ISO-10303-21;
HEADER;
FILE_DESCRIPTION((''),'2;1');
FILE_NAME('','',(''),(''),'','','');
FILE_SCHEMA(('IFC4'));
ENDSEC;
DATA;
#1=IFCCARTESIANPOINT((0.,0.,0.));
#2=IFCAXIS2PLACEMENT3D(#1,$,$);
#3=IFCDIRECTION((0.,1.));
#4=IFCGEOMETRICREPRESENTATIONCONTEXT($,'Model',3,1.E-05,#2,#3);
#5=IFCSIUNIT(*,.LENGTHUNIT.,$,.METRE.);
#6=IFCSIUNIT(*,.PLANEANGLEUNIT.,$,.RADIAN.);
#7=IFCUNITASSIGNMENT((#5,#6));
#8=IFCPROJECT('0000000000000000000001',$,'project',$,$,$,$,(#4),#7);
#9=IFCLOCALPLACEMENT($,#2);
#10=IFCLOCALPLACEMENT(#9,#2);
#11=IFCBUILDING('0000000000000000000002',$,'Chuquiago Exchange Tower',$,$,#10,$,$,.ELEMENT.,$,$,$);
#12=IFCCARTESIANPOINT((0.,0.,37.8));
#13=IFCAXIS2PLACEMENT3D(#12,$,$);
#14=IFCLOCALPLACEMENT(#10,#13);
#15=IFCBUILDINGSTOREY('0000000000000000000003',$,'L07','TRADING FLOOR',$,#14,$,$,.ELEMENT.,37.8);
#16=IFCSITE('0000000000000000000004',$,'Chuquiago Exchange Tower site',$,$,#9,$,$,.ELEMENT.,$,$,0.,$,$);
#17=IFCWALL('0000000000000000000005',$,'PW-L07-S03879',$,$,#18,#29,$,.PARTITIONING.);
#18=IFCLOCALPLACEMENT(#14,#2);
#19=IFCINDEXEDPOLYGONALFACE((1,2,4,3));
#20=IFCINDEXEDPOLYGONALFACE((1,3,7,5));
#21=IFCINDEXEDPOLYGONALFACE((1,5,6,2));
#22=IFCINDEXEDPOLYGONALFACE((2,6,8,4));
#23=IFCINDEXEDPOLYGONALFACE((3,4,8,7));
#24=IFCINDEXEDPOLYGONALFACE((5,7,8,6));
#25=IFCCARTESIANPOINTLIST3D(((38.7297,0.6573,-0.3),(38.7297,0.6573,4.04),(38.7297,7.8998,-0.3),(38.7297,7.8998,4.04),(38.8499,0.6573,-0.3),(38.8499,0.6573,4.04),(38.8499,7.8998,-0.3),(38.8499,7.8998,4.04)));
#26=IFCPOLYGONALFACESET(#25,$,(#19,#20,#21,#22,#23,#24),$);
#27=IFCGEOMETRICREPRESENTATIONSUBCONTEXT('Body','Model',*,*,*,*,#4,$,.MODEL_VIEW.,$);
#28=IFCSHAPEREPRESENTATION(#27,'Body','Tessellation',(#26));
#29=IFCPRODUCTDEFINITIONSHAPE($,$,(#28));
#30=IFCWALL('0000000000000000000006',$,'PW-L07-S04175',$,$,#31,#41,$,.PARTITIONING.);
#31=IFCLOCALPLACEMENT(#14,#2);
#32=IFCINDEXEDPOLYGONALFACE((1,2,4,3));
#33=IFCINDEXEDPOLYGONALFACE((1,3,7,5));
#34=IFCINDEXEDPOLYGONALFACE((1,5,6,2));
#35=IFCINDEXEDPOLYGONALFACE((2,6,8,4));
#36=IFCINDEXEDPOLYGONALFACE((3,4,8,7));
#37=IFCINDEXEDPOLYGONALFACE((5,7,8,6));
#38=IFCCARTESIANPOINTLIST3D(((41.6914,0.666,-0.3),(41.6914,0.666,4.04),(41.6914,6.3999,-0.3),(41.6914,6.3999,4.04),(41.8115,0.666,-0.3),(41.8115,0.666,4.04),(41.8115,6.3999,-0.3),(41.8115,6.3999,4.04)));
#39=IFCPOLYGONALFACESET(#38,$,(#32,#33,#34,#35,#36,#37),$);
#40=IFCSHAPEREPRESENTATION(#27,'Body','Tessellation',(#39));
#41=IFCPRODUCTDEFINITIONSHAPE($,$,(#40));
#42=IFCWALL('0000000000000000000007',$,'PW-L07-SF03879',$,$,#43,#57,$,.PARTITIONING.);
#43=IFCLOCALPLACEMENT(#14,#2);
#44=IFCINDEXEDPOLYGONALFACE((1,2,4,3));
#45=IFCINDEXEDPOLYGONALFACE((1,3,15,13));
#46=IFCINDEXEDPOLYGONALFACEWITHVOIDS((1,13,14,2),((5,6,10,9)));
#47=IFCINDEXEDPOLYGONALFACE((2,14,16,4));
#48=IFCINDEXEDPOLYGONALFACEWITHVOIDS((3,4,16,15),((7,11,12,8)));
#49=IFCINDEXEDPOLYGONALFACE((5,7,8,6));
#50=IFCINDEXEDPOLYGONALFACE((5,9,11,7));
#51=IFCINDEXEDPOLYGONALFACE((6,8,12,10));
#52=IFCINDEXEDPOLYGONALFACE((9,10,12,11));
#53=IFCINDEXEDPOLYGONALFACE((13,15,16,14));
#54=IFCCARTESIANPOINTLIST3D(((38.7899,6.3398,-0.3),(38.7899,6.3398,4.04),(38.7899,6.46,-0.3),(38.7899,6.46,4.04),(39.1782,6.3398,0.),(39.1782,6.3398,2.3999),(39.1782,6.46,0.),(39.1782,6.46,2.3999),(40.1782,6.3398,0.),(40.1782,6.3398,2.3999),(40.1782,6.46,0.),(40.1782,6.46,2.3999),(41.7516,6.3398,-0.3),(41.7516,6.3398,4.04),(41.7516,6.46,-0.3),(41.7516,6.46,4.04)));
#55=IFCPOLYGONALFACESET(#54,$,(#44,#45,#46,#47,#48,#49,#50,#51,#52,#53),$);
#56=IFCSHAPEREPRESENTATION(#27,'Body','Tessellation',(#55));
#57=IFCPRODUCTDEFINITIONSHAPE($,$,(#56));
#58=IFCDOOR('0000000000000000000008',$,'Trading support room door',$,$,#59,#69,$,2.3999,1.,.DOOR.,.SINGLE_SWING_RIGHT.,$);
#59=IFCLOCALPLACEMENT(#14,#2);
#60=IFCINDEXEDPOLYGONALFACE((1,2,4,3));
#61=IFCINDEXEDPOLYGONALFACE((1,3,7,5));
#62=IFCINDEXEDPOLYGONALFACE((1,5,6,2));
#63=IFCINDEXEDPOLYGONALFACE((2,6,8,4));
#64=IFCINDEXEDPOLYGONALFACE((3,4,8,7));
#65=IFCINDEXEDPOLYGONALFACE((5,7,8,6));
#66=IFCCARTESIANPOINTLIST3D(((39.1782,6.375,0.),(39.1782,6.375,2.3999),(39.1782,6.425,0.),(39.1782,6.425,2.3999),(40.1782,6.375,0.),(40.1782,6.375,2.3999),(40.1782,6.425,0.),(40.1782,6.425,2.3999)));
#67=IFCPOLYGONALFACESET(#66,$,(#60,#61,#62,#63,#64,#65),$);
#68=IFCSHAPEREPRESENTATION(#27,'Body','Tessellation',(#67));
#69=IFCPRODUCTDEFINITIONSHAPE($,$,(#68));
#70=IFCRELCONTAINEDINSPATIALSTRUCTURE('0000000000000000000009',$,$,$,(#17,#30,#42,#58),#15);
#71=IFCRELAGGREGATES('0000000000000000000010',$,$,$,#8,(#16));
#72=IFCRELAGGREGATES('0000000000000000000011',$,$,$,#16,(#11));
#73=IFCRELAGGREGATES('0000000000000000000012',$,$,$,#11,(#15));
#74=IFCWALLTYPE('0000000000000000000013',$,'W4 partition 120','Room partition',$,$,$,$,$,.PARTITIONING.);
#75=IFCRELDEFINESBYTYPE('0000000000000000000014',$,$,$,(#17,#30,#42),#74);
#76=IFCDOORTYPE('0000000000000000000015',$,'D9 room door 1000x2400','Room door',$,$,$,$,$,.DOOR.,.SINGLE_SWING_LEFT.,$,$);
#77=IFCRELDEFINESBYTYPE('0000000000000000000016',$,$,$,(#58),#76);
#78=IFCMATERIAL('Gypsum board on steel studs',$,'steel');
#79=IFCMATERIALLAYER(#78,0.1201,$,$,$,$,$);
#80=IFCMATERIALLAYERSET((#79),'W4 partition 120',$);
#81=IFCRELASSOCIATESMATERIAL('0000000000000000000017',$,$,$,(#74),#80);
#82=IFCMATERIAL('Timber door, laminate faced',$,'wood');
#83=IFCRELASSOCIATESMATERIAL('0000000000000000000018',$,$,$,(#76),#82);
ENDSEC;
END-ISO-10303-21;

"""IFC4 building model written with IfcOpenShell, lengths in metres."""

from ifc_helpers import new_model, si_unit, direction, frame, frame_2d, origin, place, context, subcontext, project, spatial, rectangle, extrude, material, layer, layer_set, type_object, element, fill, save


model = new_model("IFC4")

# Units and contexts
model_context = context("Model", 3, precision=1e-05, world=origin(), true_north=direction((0.0, 1.0)))
body_context = subcontext(model_context, "Body", "Model", "MODEL_VIEW")
ifc_project = project(units=[si_unit("LENGTHUNIT", "METRE"), si_unit("PLANEANGLEUNIT", "RADIAN")], contexts=[model_context])

# Site, building, storey
site_placement = place(None, origin())
site = spatial("IfcSite", under=ifc_project, at=site_placement, Name="Chuquiago Exchange Tower site", CompositionType="ELEMENT", RefElevation=0.0)
building_placement = place(site_placement, origin())
building = spatial("IfcBuilding", under=site, at=building_placement, Name="Chuquiago Exchange Tower", CompositionType="ELEMENT")
storey_placement = place(building_placement, frame((0.0, 0.0, 37.8)))
storey = spatial("IfcBuildingStorey", under=building, at=storey_placement, Name="L07", Description="TRADING FLOOR", CompositionType="ELEMENT", Elevation=37.8)

# Walls
ifc_material_1 = material(Name="Gypsum board on steel studs", Category="steel")
ifc_layer_1 = layer(ifc_material_1, 0.1201)
ifc_layer_set_1 = layer_set([ifc_layer_1], Name="W4 partition 120")
wall_type = type_object("IfcWallType", Name="W4 partition 120", Description="Room partition", PredefinedType="PARTITIONING", material=ifc_layer_set_1)
wall_1_placement = place(storey_placement, frame((38.7898, 0.6575, -0.3), z_axis=(0.0, 0.0, 1.0), x_axis=(0.0, 1.0, 0.0)))
element("IfcWall", 1, at=wall_1_placement, inside=storey, type_object=wall_type, Name="PW-L07-S03879", PredefinedType="PARTITIONING", context=body_context, shape_type="SweptSolid", body=[
    extrude(rectangle(XDim=7.2424, YDim=0.1201, at=frame_2d((3.6211, 0.0))), origin(), (0.0, 0.0, 1.0), 4.3401),
])
wall_2_placement = place(storey_placement, frame((41.7515, 0.666, -0.3), z_axis=(0.0, 0.0, 1.0), x_axis=(0.0, 1.0, 0.0)))
element("IfcWall", 2, at=wall_2_placement, inside=storey, type_object=wall_type, Name="PW-L07-S04175", PredefinedType="PARTITIONING", context=body_context, shape_type="SweptSolid", body=[
    extrude(rectangle(XDim=5.7339, YDim=0.1201, at=frame_2d((2.8669, 0.0))), origin(), (0.0, 0.0, 1.0), 4.3401),
])

# Wall, opening, door
wall_3_placement = place(storey_placement, frame((38.7898, 6.3999, -0.3), z_axis=(0.0, 0.0, 1.0), x_axis=(1.0, 0.0, 0.0)))
wall_3 = element("IfcWall", 3, at=wall_3_placement, inside=storey, type_object=wall_type, Name="PW-L07-SF03879", PredefinedType="PARTITIONING", context=body_context, shape_type="SweptSolid", body=[
    extrude(rectangle(XDim=2.9617, YDim=0.1201, at=frame_2d((1.481, 0.0))), origin(), (0.0, 0.0, 1.0), 4.3401),
])
opening_placement = place(wall_3_placement, frame((0.3884, 0.0, 0.3)))
opening = element("IfcOpeningElement", 4, at=opening_placement, cuts=wall_3, PredefinedType="OPENING", context=body_context, shape_type="SweptSolid", body=[
    extrude(rectangle(XDim=1.0, YDim=2.3999, at=frame_2d((0.5, 1.2))), frame((0.0, 0.0701, 0.0), z_axis=(0.0, -1.0, 0.0), x_axis=(1.0, 0.0, 0.0)), (0.0, 0.0, 1.0), 0.1401),
])
ifc_material_2 = material(Name="Timber door, laminate faced", Category="wood")
door_type = type_object("IfcDoorType", Name="D9 room door 1000x2400", Description="Room door", OperationType="SINGLE_SWING_LEFT", PredefinedType="DOOR", material=ifc_material_2)
door_placement = place(opening_placement, frame((1.0, 0.0, 0.0), z_axis=(0.0, 0.0, 1.0), x_axis=(-1.0, 0.0, 0.0)))
door = element("IfcDoor", 5, at=door_placement, inside=storey, type_object=door_type, Name="Trading support room door", OperationType="SINGLE_SWING_RIGHT", OverallHeight=2.3999, OverallWidth=1.0, PredefinedType="DOOR", context=body_context, shape_type="SweptSolid", body=[
    extrude(rectangle(XDim=1.0, YDim=2.3999, at=frame_2d((0.5, 1.2))), frame((0.0, 0.0249, 0.0), z_axis=(0.0, -1.0, 0.0), x_axis=(1.0, 0.0, 0.0)), (0.0, 0.0, 1.0), 0.05),
])
fill(opening, door)

save(model, "model.ifc")
